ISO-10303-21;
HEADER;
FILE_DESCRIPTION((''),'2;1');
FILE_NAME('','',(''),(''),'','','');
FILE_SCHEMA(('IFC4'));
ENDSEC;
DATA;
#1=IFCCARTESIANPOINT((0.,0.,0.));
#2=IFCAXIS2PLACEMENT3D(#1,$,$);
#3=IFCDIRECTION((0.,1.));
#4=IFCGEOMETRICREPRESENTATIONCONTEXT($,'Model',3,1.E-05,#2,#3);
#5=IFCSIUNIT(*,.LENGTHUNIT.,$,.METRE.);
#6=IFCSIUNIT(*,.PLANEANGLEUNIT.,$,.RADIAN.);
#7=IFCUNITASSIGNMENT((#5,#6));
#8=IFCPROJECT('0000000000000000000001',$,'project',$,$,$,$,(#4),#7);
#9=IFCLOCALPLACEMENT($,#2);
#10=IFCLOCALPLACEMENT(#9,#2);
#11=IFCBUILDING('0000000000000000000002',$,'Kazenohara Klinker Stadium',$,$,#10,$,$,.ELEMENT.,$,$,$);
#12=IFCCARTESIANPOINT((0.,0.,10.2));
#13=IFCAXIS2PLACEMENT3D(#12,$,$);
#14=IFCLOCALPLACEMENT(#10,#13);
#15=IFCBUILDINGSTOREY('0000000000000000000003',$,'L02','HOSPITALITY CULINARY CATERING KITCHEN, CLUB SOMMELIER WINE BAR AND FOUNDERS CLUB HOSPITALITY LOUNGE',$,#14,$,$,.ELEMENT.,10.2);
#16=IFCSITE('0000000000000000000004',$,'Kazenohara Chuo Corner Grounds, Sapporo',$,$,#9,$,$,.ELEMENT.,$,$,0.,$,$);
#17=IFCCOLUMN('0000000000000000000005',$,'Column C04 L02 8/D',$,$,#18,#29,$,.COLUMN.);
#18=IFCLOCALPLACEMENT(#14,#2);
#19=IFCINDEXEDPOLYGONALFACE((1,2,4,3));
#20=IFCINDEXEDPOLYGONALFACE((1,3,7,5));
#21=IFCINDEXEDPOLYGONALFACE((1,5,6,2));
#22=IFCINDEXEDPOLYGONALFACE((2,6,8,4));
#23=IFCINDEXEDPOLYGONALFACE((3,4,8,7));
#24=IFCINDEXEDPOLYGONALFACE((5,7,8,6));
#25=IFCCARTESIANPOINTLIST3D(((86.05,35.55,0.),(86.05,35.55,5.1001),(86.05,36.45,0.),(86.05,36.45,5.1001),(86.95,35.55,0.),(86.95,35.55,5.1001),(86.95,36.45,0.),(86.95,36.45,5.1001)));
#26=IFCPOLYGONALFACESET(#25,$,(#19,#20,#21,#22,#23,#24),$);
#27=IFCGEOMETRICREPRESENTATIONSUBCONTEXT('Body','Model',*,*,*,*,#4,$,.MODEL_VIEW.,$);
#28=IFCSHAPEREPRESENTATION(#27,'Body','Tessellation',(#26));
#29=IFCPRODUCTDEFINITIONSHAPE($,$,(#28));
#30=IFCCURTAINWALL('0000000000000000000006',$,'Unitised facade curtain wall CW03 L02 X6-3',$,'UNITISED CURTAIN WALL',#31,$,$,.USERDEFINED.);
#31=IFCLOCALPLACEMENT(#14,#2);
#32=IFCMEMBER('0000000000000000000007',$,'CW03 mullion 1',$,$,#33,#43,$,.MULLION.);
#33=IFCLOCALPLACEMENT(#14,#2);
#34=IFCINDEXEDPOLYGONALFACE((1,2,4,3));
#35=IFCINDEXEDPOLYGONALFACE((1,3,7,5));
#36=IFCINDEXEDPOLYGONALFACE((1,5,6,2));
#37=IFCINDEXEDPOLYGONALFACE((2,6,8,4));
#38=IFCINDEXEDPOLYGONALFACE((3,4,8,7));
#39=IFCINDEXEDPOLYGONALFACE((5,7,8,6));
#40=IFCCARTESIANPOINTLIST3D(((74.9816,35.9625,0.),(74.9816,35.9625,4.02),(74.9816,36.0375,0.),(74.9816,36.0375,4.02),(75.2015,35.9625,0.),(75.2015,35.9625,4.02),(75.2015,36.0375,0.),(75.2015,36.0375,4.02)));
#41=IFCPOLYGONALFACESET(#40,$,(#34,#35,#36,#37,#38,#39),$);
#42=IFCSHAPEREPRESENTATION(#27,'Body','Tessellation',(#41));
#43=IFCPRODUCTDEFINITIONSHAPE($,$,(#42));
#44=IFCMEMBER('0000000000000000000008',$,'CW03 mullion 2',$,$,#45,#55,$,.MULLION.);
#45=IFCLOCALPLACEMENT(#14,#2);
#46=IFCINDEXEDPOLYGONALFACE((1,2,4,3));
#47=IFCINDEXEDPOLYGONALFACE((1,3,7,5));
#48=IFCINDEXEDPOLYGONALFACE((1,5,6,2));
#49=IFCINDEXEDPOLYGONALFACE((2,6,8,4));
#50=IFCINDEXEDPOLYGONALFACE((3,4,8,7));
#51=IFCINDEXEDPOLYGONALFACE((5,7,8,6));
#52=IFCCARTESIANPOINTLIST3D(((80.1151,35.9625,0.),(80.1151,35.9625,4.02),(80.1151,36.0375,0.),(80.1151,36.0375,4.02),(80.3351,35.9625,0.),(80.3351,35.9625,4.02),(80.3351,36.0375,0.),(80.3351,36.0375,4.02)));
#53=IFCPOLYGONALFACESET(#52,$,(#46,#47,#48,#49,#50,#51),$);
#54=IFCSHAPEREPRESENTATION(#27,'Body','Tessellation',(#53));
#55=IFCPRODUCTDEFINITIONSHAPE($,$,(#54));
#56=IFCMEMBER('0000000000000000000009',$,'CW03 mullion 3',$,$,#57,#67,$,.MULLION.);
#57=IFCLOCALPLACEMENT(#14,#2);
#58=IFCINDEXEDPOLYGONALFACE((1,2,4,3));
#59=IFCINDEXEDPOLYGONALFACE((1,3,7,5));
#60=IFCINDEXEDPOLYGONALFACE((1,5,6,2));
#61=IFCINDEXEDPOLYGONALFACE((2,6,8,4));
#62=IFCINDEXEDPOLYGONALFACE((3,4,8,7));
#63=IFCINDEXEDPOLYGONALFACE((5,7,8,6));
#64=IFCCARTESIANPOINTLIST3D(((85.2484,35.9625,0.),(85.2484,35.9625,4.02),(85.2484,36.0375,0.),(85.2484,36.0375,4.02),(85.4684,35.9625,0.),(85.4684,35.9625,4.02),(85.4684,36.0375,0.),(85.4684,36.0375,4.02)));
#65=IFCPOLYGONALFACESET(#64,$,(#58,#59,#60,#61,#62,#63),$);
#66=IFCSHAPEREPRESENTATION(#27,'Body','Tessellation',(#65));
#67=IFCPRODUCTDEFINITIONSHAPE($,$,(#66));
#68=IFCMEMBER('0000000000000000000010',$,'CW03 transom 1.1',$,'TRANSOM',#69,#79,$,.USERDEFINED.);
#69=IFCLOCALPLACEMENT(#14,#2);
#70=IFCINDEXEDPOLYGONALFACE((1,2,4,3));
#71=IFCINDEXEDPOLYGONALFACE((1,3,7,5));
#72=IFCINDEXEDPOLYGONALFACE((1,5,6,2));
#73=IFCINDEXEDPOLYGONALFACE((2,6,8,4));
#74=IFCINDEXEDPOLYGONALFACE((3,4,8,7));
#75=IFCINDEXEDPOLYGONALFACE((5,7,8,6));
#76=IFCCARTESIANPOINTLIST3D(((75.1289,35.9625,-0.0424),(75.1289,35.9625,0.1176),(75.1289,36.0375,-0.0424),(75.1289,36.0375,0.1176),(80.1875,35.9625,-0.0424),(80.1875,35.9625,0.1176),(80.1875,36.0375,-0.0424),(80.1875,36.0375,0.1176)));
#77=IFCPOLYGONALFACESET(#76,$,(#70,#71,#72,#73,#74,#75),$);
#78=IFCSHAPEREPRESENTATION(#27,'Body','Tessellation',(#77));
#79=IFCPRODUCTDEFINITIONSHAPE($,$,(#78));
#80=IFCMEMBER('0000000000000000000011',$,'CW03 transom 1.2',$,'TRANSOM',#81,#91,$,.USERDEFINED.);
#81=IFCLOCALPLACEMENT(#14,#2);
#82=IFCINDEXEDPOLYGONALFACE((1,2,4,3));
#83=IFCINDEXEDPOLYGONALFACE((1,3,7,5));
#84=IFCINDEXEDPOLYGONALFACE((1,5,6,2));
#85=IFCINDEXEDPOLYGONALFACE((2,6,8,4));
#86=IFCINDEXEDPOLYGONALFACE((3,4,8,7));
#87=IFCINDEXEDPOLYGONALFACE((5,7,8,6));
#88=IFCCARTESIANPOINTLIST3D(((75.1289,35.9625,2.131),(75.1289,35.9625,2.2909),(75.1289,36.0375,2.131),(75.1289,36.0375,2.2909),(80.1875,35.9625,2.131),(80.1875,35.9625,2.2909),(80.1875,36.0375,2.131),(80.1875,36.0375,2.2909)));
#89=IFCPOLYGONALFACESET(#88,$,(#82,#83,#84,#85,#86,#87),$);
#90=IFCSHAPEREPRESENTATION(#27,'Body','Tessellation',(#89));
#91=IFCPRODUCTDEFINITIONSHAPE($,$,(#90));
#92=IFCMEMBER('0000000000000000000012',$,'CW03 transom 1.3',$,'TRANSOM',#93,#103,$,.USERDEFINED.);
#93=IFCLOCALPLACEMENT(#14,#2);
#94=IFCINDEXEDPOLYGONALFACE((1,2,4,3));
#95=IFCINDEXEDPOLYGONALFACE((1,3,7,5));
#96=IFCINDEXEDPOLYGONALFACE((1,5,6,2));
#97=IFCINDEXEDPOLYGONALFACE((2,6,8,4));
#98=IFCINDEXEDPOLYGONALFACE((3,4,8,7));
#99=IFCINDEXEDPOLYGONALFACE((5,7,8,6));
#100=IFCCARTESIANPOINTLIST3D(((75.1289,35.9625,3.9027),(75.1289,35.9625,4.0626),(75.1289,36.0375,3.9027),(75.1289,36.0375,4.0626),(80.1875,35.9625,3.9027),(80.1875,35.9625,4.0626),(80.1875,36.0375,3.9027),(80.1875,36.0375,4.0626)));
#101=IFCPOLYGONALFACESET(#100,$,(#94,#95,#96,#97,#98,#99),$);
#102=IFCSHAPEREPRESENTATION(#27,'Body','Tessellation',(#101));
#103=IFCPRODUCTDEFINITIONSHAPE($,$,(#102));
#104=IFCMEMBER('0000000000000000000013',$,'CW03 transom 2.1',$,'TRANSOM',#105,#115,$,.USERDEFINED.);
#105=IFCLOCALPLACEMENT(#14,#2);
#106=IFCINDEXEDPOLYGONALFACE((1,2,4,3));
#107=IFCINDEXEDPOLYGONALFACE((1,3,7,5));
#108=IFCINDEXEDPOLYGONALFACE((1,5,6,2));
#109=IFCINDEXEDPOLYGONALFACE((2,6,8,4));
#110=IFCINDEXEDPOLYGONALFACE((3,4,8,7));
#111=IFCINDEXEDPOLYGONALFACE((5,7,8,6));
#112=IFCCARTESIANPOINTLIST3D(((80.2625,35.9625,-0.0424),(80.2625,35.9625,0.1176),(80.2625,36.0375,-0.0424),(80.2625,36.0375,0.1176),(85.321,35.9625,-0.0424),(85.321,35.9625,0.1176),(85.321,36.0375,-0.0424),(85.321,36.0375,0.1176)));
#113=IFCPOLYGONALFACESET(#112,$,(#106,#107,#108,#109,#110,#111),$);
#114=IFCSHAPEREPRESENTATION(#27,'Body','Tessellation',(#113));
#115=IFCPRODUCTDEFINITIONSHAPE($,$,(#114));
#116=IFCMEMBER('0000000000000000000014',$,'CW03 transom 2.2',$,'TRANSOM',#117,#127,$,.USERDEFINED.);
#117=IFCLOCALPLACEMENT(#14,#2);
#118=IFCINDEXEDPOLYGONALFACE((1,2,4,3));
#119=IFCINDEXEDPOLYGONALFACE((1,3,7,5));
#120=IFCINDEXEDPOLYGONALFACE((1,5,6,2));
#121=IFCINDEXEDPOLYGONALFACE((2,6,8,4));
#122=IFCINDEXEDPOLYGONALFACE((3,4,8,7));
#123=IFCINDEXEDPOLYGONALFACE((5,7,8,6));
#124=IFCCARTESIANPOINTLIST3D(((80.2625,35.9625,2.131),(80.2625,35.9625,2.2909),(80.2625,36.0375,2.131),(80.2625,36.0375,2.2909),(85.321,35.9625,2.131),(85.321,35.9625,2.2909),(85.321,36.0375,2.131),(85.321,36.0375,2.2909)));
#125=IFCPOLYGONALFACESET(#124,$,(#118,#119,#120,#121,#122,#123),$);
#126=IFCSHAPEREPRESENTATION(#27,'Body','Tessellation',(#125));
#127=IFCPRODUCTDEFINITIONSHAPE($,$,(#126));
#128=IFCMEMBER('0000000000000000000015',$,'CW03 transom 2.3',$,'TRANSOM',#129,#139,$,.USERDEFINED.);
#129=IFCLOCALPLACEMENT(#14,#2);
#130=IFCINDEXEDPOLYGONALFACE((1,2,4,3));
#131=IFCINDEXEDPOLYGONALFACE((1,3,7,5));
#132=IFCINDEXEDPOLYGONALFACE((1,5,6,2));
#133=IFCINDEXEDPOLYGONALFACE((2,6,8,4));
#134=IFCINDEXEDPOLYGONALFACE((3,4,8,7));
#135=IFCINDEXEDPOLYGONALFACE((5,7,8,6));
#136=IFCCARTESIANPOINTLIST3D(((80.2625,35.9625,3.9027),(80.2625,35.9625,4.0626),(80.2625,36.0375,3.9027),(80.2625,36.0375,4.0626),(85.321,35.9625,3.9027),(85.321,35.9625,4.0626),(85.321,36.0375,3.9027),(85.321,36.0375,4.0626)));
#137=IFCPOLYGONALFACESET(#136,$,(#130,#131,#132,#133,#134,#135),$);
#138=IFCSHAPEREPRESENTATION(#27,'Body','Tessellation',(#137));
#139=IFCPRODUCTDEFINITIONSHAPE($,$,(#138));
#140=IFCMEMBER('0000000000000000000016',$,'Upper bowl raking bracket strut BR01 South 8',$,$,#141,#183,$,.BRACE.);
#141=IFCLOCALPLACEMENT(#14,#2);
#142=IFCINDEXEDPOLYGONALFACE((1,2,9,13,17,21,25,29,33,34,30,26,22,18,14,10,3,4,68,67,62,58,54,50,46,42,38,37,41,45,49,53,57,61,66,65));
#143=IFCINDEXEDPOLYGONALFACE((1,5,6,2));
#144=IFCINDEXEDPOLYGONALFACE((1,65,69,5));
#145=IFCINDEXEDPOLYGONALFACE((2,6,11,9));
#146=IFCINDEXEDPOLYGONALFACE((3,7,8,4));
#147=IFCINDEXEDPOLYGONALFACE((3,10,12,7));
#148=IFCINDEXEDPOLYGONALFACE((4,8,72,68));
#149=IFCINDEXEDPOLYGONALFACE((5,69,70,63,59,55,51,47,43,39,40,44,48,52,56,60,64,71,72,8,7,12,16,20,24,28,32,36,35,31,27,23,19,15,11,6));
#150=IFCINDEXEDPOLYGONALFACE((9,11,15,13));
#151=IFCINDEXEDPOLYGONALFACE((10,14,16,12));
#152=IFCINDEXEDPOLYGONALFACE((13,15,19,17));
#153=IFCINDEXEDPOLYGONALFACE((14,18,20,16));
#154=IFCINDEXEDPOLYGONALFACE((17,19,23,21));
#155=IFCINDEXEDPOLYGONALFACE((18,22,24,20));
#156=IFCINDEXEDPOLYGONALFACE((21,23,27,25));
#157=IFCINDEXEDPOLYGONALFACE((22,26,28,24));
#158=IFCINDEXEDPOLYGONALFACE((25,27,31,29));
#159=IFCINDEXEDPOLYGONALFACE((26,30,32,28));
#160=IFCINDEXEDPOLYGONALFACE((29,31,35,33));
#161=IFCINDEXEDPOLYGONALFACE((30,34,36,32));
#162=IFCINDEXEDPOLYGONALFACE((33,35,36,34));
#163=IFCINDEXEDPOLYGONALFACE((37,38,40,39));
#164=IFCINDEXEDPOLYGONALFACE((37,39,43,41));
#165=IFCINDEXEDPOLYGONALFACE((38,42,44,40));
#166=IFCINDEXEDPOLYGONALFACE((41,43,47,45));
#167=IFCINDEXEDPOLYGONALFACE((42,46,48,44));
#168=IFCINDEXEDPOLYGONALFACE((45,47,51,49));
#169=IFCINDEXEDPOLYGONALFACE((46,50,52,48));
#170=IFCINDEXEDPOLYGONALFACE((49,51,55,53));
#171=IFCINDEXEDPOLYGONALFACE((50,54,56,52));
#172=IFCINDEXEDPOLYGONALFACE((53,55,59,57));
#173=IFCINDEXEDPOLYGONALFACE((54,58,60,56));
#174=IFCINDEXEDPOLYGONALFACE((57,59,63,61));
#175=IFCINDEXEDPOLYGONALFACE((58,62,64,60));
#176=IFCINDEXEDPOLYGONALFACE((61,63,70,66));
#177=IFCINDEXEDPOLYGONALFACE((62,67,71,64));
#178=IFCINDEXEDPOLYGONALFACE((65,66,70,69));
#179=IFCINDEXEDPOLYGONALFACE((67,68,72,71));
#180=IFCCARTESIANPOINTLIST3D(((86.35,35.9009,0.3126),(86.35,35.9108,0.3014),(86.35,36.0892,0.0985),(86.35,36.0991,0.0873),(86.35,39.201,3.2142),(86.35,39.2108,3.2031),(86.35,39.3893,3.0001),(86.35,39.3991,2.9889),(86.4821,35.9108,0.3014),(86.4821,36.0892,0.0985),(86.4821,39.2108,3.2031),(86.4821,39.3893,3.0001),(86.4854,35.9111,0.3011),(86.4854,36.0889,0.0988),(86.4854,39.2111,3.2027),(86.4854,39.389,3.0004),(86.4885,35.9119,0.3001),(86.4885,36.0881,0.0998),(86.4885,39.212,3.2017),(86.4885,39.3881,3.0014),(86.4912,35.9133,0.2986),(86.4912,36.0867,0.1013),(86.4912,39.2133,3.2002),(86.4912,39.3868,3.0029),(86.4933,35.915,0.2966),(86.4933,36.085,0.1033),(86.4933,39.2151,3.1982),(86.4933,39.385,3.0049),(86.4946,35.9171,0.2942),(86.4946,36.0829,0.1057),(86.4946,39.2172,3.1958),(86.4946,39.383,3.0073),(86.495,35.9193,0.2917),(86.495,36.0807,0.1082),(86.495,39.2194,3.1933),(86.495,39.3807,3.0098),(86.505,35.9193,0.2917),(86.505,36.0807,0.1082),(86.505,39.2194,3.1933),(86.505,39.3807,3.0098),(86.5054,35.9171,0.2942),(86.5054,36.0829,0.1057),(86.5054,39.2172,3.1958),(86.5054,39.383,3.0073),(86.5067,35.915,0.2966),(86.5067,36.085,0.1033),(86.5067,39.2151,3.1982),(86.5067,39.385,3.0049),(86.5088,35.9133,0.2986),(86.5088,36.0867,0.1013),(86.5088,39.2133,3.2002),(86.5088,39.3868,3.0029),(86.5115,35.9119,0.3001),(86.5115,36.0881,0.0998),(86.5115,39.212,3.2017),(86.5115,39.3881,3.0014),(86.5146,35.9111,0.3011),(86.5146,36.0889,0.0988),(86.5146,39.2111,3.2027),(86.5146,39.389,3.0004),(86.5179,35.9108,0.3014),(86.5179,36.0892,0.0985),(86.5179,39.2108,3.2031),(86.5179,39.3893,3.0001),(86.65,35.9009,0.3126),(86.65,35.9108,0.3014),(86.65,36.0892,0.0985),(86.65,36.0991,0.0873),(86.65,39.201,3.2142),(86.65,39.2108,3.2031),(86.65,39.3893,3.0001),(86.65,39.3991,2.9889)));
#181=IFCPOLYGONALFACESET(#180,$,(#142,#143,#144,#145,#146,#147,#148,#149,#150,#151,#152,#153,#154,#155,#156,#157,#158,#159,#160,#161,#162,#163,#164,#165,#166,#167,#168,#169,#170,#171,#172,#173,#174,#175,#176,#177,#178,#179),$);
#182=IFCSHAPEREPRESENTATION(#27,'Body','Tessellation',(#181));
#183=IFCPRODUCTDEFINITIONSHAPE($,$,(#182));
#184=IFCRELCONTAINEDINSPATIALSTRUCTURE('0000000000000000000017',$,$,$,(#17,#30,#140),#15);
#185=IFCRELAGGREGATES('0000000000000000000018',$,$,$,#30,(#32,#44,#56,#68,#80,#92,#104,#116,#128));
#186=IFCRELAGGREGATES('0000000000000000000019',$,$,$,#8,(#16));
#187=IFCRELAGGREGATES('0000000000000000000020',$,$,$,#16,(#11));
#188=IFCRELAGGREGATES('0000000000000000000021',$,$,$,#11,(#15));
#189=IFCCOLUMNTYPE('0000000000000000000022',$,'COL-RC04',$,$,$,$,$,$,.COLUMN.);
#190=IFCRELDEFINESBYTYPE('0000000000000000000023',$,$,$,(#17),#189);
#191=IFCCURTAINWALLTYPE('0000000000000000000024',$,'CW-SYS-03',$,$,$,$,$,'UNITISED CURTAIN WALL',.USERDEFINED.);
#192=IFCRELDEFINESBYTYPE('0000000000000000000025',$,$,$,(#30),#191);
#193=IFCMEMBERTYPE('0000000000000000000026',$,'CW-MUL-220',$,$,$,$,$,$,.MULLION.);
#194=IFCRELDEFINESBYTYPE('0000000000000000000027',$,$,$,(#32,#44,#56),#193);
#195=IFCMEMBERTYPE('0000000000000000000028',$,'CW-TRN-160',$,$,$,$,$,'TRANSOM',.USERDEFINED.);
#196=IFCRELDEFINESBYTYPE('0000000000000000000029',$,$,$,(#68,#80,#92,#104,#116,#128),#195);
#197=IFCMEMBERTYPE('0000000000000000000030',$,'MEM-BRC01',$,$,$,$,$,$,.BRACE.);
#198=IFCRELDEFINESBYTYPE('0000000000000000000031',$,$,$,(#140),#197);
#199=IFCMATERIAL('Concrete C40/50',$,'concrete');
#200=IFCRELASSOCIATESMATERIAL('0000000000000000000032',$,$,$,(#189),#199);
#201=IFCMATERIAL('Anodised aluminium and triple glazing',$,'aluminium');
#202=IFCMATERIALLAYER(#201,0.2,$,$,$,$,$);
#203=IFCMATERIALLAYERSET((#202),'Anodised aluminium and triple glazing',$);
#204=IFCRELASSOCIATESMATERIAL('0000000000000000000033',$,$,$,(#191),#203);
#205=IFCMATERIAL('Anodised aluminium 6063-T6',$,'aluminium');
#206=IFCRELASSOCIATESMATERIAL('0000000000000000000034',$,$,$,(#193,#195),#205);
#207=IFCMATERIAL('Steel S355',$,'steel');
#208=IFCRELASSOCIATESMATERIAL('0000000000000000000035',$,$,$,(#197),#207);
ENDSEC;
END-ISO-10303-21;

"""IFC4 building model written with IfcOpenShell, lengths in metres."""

from ifc_helpers import new_model, si_unit, direction, frame, origin, origin_2d, place, context, subcontext, project, spatial, rectangle, i_section, extrude, material, layer, layer_set, material_profile, profile_set, type_object, element, aggregate, save


model = new_model("IFC4")

# Units and contexts
model_context = context("Model", 3, precision=1e-05, world=origin(), true_north=direction((0.0, 1.0)))
body_context = subcontext(model_context, "Body", "Model", "MODEL_VIEW")
ifc_project = project(units=[si_unit("LENGTHUNIT", "METRE"), si_unit("PLANEANGLEUNIT", "RADIAN")], contexts=[model_context])

# Site, building, storey
site_placement = place(None, origin())
site = spatial("IfcSite", under=ifc_project, at=site_placement, Name="Kazenohara Chuo Corner Grounds, Sapporo", CompositionType="ELEMENT", RefElevation=0.0)
building_placement = place(site_placement, origin())
building = spatial("IfcBuilding", under=site, at=building_placement, Name="Kazenohara Klinker Stadium", CompositionType="ELEMENT")
storey_placement = place(building_placement, frame((0.0, 0.0, 10.2)))
storey = spatial("IfcBuildingStorey", under=building, at=storey_placement, Name="L02", Description="HOSPITALITY CULINARY CATERING KITCHEN, CLUB SOMMELIER WINE BAR AND FOUNDERS CLUB HOSPITALITY LOUNGE", CompositionType="ELEMENT", Elevation=10.2)

# Column
ifc_material_1 = material(Name="Concrete C40/50", Category="concrete")
ifc_material_profile_1 = material_profile(ifc_material_1, rectangle(XDim=0.8999, YDim=0.8999, at=origin_2d()), Name="RC-COL-900x900")
ifc_profile_set_1 = profile_set([ifc_material_profile_1], Name="Concrete C40/50")
column_type = type_object("IfcColumnType", Name="COL-RC04", PredefinedType="COLUMN", material=ifc_profile_set_1)
column_placement = place(storey_placement, frame((86.5, 36.0, 0.0), z_axis=(0.0, 0.0, 1.0), x_axis=(1.0, 0.0, 0.0)))
element("IfcColumn", 1, at=column_placement, inside=storey, type_object=column_type, Name="Column C04 L02 8/D", PredefinedType="COLUMN", context=body_context, shape_type="SweptSolid", body=[
    extrude(rectangle(XDim=0.8999, YDim=0.8999, at=origin_2d()), origin(), (0.0, 0.0, 1.0), 5.1001),
])

# Curtain wall, members
ifc_material_2 = material(Name="Anodised aluminium and triple glazing", Category="aluminium")
ifc_layer_1 = layer(ifc_material_2, 0.2)
ifc_layer_set_1 = layer_set([ifc_layer_1], Name="Anodised aluminium and triple glazing")
curtain_wall_type = type_object("IfcCurtainWallType", Name="CW-SYS-03", ElementType="UNITISED CURTAIN WALL", PredefinedType="USERDEFINED", material=ifc_layer_set_1)
curtain_wall_placement = place(storey_placement, origin())
curtain_wall = element("IfcCurtainWall", 2, at=curtain_wall_placement, inside=storey, type_object=curtain_wall_type, Name="Unitised facade curtain wall CW03 L02 X6-3", ObjectType="UNITISED CURTAIN WALL", PredefinedType="USERDEFINED")
ifc_material_3 = material(Name="Anodised aluminium 6063-T6", Category="aluminium")
ifc_material_profile_2 = material_profile(ifc_material_3, rectangle(XDim=0.075, YDim=0.22, at=origin_2d()), Name="ALU-MUL-75x220")
ifc_profile_set_2 = profile_set([ifc_material_profile_2], Name="Anodised aluminium 6063-T6")
member_type_1 = type_object("IfcMemberType", Name="CW-MUL-220", PredefinedType="MULLION", material=ifc_profile_set_2)
member_1_placement = place(storey_placement, frame((75.0916, 36.0, 0.0), z_axis=(0.0, 0.0, 1.0), x_axis=(0.0, 1.0, 0.0)))
member_1 = element("IfcMember", 3, at=member_1_placement, type_object=member_type_1, Name="CW03 mullion 1", PredefinedType="MULLION", context=body_context, shape_type="SweptSolid", body=[
    extrude(rectangle(XDim=0.075, YDim=0.22, at=origin_2d()), origin(), (0.0, 0.0, 1.0), 4.02),
])
member_2_placement = place(storey_placement, frame((80.2251, 36.0, 0.0), z_axis=(0.0, 0.0, 1.0), x_axis=(0.0, 1.0, 0.0)))
member_2 = element("IfcMember", 4, at=member_2_placement, type_object=member_type_1, Name="CW03 mullion 2", PredefinedType="MULLION", context=body_context, shape_type="SweptSolid", body=[
    extrude(rectangle(XDim=0.075, YDim=0.22, at=origin_2d()), origin(), (0.0, 0.0, 1.0), 4.02),
])
member_3_placement = place(storey_placement, frame((85.3584, 36.0, 0.0), z_axis=(0.0, 0.0, 1.0), x_axis=(0.0, 1.0, 0.0)))
member_3 = element("IfcMember", 5, at=member_3_placement, type_object=member_type_1, Name="CW03 mullion 3", PredefinedType="MULLION", context=body_context, shape_type="SweptSolid", body=[
    extrude(rectangle(XDim=0.075, YDim=0.22, at=origin_2d()), origin(), (0.0, 0.0, 1.0), 4.02),
])
ifc_material_profile_3 = material_profile(ifc_material_3, rectangle(XDim=0.075, YDim=0.1599, at=origin_2d()), Name="ALU-TRN-75x160")
ifc_profile_set_3 = profile_set([ifc_material_profile_3], Name="Anodised aluminium 6063-T6")
member_type_2 = type_object("IfcMemberType", Name="CW-TRN-160", ElementType="TRANSOM", PredefinedType="USERDEFINED", material=ifc_profile_set_3)
member_4_placement = place(storey_placement, frame((75.1289, 36.0, 0.0376), z_axis=(1.0, 0.0, 0.0), x_axis=(0.0, 1.0, 0.0)))
member_4 = element("IfcMember", 6, at=member_4_placement, type_object=member_type_2, Name="CW03 transom 1.1", ObjectType="TRANSOM", PredefinedType="USERDEFINED", context=body_context, shape_type="SweptSolid", body=[
    extrude(rectangle(XDim=0.075, YDim=0.1599, at=origin_2d()), origin(), (0.0, 0.0, 1.0), 5.0586),
])
member_5_placement = place(storey_placement, frame((75.1289, 36.0, 2.2109), z_axis=(1.0, 0.0, 0.0), x_axis=(0.0, 1.0, 0.0)))
member_5 = element("IfcMember", 7, at=member_5_placement, type_object=member_type_2, Name="CW03 transom 1.2", ObjectType="TRANSOM", PredefinedType="USERDEFINED", context=body_context, shape_type="SweptSolid", body=[
    extrude(rectangle(XDim=0.075, YDim=0.1599, at=origin_2d()), origin(), (0.0, 0.0, 1.0), 5.0586),
])
member_6_placement = place(storey_placement, frame((75.1289, 36.0, 3.9827), z_axis=(1.0, 0.0, 0.0), x_axis=(0.0, 1.0, 0.0)))
member_6 = element("IfcMember", 8, at=member_6_placement, type_object=member_type_2, Name="CW03 transom 1.3", ObjectType="TRANSOM", PredefinedType="USERDEFINED", context=body_context, shape_type="SweptSolid", body=[
    extrude(rectangle(XDim=0.075, YDim=0.1599, at=origin_2d()), origin(), (0.0, 0.0, 1.0), 5.0586),
])
member_7_placement = place(storey_placement, frame((80.2625, 36.0, 0.0376), z_axis=(1.0, 0.0, 0.0), x_axis=(0.0, 1.0, 0.0)))
member_7 = element("IfcMember", 9, at=member_7_placement, type_object=member_type_2, Name="CW03 transom 2.1", ObjectType="TRANSOM", PredefinedType="USERDEFINED", context=body_context, shape_type="SweptSolid", body=[
    extrude(rectangle(XDim=0.075, YDim=0.1599, at=origin_2d()), origin(), (0.0, 0.0, 1.0), 5.0586),
])
member_8_placement = place(storey_placement, frame((80.2625, 36.0, 2.2109), z_axis=(1.0, 0.0, 0.0), x_axis=(0.0, 1.0, 0.0)))
member_8 = element("IfcMember", 10, at=member_8_placement, type_object=member_type_2, Name="CW03 transom 2.2", ObjectType="TRANSOM", PredefinedType="USERDEFINED", context=body_context, shape_type="SweptSolid", body=[
    extrude(rectangle(XDim=0.075, YDim=0.1599, at=origin_2d()), origin(), (0.0, 0.0, 1.0), 5.0586),
])
member_9_placement = place(storey_placement, frame((80.2625, 36.0, 3.9827), z_axis=(1.0, 0.0, 0.0), x_axis=(0.0, 1.0, 0.0)))
member_9 = element("IfcMember", 11, at=member_9_placement, type_object=member_type_2, Name="CW03 transom 2.3", ObjectType="TRANSOM", PredefinedType="USERDEFINED", context=body_context, shape_type="SweptSolid", body=[
    extrude(rectangle(XDim=0.075, YDim=0.1599, at=origin_2d()), origin(), (0.0, 0.0, 1.0), 5.0586),
])

# Member
ifc_material_4 = material(Name="Steel S355", Category="steel")
ifc_material_profile_4 = material_profile(ifc_material_4, i_section(OverallWidth=0.3, OverallDepth=0.3, WebThickness=0.01, FlangeThickness=0.0149, FilletRadius=0.0129, at=origin_2d()), Name="H-300x300x10x15")
ifc_profile_set_4 = profile_set([ifc_material_profile_4], Name="Steel S355")
member_type_3 = type_object("IfcMemberType", Name="MEM-BRC01", PredefinedType="BRACE", material=ifc_profile_set_4)
member_10_placement = place(storey_placement, frame((86.5, 36.0, 0.2), z_axis=(0.0, 0.750988, 0.660316), x_axis=(-1.0, 0.0, 0.0)))
element("IfcMember", 12, at=member_10_placement, inside=storey, type_object=member_type_3, Name="Upper bowl raking bracket strut BR01 South 8", PredefinedType="BRACE", context=body_context, shape_type="SweptSolid", body=[
    extrude(i_section(OverallWidth=0.3, OverallDepth=0.3, WebThickness=0.01, FlangeThickness=0.0149, FilletRadius=0.0129, at=origin_2d()), origin(), (0.0, 0.0, 1.0), 4.3943),
])

aggregate(curtain_wall, [member_1, member_2, member_3, member_4, member_5, member_6, member_7, member_8, member_9])

save(model, "model.ifc")
